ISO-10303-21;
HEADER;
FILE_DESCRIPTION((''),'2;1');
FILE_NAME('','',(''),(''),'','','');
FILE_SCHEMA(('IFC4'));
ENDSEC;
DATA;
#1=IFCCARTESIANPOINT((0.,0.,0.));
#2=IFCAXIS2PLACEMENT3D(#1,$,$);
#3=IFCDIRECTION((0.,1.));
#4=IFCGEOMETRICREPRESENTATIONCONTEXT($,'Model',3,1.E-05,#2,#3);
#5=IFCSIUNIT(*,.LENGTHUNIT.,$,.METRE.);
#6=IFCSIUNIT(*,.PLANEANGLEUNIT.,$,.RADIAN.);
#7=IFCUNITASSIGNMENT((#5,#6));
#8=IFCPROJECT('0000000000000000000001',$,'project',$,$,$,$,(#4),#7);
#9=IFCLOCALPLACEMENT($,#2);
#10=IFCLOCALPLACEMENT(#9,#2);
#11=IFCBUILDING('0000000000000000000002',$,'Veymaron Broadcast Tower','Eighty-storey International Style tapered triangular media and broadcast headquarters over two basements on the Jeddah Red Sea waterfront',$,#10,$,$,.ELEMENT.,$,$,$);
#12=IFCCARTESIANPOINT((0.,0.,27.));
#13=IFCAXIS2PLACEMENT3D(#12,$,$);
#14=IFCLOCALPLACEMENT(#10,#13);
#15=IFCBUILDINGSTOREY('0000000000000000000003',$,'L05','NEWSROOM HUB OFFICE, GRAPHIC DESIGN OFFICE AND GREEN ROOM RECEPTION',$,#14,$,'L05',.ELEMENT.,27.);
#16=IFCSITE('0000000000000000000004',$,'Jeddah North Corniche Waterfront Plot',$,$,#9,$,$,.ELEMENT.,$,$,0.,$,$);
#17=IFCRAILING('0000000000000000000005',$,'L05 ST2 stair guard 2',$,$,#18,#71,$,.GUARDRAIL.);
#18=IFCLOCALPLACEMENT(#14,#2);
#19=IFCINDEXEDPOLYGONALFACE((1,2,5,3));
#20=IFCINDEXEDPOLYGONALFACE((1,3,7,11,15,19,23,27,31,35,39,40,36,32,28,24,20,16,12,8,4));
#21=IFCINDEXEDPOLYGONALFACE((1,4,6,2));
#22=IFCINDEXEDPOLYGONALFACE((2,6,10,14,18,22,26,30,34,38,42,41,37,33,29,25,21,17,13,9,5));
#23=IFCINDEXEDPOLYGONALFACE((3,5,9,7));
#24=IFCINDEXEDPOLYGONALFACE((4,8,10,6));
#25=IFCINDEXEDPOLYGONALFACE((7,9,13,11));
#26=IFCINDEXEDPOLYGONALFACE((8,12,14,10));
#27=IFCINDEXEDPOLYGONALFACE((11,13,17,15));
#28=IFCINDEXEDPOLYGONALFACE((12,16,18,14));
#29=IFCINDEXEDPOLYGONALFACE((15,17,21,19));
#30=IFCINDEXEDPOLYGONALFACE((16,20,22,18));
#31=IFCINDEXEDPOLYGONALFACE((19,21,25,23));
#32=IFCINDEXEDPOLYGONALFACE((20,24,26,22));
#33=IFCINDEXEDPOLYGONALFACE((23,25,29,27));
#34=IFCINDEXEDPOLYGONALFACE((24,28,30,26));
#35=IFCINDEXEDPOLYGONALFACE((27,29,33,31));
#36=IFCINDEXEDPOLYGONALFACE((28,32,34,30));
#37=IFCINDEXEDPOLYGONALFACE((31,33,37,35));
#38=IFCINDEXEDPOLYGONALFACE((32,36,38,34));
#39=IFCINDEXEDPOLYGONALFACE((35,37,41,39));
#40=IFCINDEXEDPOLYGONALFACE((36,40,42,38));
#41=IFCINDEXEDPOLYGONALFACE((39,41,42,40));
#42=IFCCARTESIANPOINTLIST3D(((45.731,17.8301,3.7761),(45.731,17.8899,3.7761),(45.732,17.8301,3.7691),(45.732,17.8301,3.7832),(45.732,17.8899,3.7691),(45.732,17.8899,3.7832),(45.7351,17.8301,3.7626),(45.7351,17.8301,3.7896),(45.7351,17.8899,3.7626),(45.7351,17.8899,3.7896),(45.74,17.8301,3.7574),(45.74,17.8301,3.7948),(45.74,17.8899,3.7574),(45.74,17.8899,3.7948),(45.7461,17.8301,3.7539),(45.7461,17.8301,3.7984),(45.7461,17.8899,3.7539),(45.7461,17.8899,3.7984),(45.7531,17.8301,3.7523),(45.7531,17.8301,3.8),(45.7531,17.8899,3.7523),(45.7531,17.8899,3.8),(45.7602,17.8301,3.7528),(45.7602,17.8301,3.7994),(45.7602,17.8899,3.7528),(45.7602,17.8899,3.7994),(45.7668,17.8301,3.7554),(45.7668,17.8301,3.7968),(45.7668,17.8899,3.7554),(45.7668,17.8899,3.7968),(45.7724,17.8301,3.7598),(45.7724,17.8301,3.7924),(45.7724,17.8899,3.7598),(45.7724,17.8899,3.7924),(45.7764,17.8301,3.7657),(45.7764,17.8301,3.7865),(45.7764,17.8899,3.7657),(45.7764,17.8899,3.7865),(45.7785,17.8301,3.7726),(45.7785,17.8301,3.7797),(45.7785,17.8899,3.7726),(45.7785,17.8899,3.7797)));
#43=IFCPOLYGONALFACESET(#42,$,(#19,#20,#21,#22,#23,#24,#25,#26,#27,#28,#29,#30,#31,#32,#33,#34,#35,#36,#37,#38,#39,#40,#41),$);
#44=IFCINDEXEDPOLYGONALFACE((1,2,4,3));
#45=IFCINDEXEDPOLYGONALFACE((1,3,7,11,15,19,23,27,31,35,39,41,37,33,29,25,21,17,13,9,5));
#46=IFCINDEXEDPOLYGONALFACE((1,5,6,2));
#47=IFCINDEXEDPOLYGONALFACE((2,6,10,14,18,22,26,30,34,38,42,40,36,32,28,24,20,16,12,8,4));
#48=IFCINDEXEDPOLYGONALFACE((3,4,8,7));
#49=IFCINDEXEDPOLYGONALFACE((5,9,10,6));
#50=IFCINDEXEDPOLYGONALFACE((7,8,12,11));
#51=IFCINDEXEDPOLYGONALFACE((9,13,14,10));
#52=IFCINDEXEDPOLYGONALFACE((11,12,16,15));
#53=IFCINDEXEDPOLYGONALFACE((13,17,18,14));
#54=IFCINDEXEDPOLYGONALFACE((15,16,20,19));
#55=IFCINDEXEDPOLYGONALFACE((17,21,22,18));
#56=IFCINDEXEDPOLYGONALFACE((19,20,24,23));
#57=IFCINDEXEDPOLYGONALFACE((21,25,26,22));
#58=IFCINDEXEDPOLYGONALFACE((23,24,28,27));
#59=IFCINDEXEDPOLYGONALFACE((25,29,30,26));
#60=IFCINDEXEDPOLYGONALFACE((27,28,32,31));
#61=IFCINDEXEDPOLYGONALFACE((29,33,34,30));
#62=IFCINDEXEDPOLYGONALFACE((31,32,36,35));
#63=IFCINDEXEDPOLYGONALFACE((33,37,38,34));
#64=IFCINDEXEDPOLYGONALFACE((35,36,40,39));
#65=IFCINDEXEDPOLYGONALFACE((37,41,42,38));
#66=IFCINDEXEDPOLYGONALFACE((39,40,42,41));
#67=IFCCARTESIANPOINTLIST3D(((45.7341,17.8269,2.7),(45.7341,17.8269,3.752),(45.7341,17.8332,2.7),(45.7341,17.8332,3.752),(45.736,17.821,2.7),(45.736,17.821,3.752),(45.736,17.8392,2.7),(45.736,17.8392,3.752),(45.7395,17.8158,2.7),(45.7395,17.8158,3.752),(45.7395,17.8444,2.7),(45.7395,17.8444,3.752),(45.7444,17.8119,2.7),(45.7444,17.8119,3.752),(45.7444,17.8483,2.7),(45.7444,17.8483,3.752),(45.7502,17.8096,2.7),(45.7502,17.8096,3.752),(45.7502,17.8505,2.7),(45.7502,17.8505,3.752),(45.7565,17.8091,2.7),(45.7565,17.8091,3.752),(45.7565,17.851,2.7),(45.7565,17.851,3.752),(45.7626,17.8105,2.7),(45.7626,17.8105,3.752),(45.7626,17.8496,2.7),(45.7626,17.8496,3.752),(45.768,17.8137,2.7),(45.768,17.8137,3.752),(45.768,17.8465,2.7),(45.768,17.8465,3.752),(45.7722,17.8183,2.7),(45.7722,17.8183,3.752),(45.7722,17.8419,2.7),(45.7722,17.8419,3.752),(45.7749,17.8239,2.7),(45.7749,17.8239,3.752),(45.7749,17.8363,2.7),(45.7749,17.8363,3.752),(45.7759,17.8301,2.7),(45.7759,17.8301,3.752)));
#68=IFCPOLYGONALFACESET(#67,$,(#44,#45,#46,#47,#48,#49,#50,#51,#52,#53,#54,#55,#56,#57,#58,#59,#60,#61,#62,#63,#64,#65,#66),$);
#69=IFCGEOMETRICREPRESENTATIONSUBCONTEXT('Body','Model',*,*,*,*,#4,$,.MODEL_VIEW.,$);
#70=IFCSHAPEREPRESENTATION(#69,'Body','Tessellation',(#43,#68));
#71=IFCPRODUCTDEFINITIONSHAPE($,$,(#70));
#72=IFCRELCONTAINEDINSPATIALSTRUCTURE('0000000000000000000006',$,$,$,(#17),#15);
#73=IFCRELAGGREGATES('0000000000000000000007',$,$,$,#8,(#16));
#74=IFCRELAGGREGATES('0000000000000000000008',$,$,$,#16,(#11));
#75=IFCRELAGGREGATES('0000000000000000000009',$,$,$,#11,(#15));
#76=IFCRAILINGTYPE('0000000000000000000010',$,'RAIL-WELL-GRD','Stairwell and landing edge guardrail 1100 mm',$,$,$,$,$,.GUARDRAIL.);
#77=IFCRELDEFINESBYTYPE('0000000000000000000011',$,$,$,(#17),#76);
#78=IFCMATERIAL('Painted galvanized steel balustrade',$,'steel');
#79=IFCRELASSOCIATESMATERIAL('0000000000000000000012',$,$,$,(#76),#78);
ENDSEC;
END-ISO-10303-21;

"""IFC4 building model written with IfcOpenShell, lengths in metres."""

from ifc_helpers import new_model, si_unit, direction, frame, origin, origin_2d, place, context, subcontext, project, spatial, circle, extrude, material, type_object, element, save


model = new_model("IFC4")

# Units and contexts
model_context = context("Model", 3, precision=1e-05, world=origin(), true_north=direction((0.0, 1.0)))
body_context = subcontext(model_context, "Body", "Model", "MODEL_VIEW")
ifc_project = project(units=[si_unit("LENGTHUNIT", "METRE"), si_unit("PLANEANGLEUNIT", "RADIAN")], contexts=[model_context])

# Site, building, storey
site_placement = place(None, origin())
site = spatial("IfcSite", under=ifc_project, at=site_placement, Name="Jeddah North Corniche Waterfront Plot", CompositionType="ELEMENT", RefElevation=0.0)
building_placement = place(site_placement, origin())
building = spatial("IfcBuilding", under=site, at=building_placement, Name="Veymaron Broadcast Tower", Description="Eighty-storey International Style tapered triangular media and broadcast headquarters over two basements on the Jeddah Red Sea waterfront", CompositionType="ELEMENT")
storey_placement = place(building_placement, frame((0.0, 0.0, 27.0)))
storey = spatial("IfcBuildingStorey", under=building, at=storey_placement, Name="L05", Description="NEWSROOM HUB OFFICE, GRAPHIC DESIGN OFFICE AND GREEN ROOM RECEPTION", LongName="L05", CompositionType="ELEMENT", Elevation=27.0)

# Railing
ifc_material_1 = material(Name="Painted galvanized steel balustrade", Category="steel")
railing_type_1 = type_object("IfcRailingType", Name="RAIL-WELL-GRD", Description="Stairwell and landing edge guardrail 1100 mm", PredefinedType="GUARDRAIL", material=ifc_material_1)
railing_1_placement = place(storey_placement, frame((45.7549, 17.8301, 2.7)))
element("IfcRailing", 1, at=railing_1_placement, inside=storey, type_object=railing_type_1, Name="L05 ST2 stair guard 2", PredefinedType="GUARDRAIL", context=body_context, shape_type="SweptSolid", body=[
    extrude(circle(Radius=0.0239, at=origin_2d()), frame((0.0, 0.0, 1.0762), z_axis=(0.0, 1.0, 0.0), x_axis=(-1.0, 0.0, 0.0)), (0.0, 0.0, 1.0), 0.0598),
    extrude(circle(Radius=0.021, at=origin_2d()), origin(), (0.0, 0.0, 1.0), 1.052),
])

save(model, "model.ifc")
